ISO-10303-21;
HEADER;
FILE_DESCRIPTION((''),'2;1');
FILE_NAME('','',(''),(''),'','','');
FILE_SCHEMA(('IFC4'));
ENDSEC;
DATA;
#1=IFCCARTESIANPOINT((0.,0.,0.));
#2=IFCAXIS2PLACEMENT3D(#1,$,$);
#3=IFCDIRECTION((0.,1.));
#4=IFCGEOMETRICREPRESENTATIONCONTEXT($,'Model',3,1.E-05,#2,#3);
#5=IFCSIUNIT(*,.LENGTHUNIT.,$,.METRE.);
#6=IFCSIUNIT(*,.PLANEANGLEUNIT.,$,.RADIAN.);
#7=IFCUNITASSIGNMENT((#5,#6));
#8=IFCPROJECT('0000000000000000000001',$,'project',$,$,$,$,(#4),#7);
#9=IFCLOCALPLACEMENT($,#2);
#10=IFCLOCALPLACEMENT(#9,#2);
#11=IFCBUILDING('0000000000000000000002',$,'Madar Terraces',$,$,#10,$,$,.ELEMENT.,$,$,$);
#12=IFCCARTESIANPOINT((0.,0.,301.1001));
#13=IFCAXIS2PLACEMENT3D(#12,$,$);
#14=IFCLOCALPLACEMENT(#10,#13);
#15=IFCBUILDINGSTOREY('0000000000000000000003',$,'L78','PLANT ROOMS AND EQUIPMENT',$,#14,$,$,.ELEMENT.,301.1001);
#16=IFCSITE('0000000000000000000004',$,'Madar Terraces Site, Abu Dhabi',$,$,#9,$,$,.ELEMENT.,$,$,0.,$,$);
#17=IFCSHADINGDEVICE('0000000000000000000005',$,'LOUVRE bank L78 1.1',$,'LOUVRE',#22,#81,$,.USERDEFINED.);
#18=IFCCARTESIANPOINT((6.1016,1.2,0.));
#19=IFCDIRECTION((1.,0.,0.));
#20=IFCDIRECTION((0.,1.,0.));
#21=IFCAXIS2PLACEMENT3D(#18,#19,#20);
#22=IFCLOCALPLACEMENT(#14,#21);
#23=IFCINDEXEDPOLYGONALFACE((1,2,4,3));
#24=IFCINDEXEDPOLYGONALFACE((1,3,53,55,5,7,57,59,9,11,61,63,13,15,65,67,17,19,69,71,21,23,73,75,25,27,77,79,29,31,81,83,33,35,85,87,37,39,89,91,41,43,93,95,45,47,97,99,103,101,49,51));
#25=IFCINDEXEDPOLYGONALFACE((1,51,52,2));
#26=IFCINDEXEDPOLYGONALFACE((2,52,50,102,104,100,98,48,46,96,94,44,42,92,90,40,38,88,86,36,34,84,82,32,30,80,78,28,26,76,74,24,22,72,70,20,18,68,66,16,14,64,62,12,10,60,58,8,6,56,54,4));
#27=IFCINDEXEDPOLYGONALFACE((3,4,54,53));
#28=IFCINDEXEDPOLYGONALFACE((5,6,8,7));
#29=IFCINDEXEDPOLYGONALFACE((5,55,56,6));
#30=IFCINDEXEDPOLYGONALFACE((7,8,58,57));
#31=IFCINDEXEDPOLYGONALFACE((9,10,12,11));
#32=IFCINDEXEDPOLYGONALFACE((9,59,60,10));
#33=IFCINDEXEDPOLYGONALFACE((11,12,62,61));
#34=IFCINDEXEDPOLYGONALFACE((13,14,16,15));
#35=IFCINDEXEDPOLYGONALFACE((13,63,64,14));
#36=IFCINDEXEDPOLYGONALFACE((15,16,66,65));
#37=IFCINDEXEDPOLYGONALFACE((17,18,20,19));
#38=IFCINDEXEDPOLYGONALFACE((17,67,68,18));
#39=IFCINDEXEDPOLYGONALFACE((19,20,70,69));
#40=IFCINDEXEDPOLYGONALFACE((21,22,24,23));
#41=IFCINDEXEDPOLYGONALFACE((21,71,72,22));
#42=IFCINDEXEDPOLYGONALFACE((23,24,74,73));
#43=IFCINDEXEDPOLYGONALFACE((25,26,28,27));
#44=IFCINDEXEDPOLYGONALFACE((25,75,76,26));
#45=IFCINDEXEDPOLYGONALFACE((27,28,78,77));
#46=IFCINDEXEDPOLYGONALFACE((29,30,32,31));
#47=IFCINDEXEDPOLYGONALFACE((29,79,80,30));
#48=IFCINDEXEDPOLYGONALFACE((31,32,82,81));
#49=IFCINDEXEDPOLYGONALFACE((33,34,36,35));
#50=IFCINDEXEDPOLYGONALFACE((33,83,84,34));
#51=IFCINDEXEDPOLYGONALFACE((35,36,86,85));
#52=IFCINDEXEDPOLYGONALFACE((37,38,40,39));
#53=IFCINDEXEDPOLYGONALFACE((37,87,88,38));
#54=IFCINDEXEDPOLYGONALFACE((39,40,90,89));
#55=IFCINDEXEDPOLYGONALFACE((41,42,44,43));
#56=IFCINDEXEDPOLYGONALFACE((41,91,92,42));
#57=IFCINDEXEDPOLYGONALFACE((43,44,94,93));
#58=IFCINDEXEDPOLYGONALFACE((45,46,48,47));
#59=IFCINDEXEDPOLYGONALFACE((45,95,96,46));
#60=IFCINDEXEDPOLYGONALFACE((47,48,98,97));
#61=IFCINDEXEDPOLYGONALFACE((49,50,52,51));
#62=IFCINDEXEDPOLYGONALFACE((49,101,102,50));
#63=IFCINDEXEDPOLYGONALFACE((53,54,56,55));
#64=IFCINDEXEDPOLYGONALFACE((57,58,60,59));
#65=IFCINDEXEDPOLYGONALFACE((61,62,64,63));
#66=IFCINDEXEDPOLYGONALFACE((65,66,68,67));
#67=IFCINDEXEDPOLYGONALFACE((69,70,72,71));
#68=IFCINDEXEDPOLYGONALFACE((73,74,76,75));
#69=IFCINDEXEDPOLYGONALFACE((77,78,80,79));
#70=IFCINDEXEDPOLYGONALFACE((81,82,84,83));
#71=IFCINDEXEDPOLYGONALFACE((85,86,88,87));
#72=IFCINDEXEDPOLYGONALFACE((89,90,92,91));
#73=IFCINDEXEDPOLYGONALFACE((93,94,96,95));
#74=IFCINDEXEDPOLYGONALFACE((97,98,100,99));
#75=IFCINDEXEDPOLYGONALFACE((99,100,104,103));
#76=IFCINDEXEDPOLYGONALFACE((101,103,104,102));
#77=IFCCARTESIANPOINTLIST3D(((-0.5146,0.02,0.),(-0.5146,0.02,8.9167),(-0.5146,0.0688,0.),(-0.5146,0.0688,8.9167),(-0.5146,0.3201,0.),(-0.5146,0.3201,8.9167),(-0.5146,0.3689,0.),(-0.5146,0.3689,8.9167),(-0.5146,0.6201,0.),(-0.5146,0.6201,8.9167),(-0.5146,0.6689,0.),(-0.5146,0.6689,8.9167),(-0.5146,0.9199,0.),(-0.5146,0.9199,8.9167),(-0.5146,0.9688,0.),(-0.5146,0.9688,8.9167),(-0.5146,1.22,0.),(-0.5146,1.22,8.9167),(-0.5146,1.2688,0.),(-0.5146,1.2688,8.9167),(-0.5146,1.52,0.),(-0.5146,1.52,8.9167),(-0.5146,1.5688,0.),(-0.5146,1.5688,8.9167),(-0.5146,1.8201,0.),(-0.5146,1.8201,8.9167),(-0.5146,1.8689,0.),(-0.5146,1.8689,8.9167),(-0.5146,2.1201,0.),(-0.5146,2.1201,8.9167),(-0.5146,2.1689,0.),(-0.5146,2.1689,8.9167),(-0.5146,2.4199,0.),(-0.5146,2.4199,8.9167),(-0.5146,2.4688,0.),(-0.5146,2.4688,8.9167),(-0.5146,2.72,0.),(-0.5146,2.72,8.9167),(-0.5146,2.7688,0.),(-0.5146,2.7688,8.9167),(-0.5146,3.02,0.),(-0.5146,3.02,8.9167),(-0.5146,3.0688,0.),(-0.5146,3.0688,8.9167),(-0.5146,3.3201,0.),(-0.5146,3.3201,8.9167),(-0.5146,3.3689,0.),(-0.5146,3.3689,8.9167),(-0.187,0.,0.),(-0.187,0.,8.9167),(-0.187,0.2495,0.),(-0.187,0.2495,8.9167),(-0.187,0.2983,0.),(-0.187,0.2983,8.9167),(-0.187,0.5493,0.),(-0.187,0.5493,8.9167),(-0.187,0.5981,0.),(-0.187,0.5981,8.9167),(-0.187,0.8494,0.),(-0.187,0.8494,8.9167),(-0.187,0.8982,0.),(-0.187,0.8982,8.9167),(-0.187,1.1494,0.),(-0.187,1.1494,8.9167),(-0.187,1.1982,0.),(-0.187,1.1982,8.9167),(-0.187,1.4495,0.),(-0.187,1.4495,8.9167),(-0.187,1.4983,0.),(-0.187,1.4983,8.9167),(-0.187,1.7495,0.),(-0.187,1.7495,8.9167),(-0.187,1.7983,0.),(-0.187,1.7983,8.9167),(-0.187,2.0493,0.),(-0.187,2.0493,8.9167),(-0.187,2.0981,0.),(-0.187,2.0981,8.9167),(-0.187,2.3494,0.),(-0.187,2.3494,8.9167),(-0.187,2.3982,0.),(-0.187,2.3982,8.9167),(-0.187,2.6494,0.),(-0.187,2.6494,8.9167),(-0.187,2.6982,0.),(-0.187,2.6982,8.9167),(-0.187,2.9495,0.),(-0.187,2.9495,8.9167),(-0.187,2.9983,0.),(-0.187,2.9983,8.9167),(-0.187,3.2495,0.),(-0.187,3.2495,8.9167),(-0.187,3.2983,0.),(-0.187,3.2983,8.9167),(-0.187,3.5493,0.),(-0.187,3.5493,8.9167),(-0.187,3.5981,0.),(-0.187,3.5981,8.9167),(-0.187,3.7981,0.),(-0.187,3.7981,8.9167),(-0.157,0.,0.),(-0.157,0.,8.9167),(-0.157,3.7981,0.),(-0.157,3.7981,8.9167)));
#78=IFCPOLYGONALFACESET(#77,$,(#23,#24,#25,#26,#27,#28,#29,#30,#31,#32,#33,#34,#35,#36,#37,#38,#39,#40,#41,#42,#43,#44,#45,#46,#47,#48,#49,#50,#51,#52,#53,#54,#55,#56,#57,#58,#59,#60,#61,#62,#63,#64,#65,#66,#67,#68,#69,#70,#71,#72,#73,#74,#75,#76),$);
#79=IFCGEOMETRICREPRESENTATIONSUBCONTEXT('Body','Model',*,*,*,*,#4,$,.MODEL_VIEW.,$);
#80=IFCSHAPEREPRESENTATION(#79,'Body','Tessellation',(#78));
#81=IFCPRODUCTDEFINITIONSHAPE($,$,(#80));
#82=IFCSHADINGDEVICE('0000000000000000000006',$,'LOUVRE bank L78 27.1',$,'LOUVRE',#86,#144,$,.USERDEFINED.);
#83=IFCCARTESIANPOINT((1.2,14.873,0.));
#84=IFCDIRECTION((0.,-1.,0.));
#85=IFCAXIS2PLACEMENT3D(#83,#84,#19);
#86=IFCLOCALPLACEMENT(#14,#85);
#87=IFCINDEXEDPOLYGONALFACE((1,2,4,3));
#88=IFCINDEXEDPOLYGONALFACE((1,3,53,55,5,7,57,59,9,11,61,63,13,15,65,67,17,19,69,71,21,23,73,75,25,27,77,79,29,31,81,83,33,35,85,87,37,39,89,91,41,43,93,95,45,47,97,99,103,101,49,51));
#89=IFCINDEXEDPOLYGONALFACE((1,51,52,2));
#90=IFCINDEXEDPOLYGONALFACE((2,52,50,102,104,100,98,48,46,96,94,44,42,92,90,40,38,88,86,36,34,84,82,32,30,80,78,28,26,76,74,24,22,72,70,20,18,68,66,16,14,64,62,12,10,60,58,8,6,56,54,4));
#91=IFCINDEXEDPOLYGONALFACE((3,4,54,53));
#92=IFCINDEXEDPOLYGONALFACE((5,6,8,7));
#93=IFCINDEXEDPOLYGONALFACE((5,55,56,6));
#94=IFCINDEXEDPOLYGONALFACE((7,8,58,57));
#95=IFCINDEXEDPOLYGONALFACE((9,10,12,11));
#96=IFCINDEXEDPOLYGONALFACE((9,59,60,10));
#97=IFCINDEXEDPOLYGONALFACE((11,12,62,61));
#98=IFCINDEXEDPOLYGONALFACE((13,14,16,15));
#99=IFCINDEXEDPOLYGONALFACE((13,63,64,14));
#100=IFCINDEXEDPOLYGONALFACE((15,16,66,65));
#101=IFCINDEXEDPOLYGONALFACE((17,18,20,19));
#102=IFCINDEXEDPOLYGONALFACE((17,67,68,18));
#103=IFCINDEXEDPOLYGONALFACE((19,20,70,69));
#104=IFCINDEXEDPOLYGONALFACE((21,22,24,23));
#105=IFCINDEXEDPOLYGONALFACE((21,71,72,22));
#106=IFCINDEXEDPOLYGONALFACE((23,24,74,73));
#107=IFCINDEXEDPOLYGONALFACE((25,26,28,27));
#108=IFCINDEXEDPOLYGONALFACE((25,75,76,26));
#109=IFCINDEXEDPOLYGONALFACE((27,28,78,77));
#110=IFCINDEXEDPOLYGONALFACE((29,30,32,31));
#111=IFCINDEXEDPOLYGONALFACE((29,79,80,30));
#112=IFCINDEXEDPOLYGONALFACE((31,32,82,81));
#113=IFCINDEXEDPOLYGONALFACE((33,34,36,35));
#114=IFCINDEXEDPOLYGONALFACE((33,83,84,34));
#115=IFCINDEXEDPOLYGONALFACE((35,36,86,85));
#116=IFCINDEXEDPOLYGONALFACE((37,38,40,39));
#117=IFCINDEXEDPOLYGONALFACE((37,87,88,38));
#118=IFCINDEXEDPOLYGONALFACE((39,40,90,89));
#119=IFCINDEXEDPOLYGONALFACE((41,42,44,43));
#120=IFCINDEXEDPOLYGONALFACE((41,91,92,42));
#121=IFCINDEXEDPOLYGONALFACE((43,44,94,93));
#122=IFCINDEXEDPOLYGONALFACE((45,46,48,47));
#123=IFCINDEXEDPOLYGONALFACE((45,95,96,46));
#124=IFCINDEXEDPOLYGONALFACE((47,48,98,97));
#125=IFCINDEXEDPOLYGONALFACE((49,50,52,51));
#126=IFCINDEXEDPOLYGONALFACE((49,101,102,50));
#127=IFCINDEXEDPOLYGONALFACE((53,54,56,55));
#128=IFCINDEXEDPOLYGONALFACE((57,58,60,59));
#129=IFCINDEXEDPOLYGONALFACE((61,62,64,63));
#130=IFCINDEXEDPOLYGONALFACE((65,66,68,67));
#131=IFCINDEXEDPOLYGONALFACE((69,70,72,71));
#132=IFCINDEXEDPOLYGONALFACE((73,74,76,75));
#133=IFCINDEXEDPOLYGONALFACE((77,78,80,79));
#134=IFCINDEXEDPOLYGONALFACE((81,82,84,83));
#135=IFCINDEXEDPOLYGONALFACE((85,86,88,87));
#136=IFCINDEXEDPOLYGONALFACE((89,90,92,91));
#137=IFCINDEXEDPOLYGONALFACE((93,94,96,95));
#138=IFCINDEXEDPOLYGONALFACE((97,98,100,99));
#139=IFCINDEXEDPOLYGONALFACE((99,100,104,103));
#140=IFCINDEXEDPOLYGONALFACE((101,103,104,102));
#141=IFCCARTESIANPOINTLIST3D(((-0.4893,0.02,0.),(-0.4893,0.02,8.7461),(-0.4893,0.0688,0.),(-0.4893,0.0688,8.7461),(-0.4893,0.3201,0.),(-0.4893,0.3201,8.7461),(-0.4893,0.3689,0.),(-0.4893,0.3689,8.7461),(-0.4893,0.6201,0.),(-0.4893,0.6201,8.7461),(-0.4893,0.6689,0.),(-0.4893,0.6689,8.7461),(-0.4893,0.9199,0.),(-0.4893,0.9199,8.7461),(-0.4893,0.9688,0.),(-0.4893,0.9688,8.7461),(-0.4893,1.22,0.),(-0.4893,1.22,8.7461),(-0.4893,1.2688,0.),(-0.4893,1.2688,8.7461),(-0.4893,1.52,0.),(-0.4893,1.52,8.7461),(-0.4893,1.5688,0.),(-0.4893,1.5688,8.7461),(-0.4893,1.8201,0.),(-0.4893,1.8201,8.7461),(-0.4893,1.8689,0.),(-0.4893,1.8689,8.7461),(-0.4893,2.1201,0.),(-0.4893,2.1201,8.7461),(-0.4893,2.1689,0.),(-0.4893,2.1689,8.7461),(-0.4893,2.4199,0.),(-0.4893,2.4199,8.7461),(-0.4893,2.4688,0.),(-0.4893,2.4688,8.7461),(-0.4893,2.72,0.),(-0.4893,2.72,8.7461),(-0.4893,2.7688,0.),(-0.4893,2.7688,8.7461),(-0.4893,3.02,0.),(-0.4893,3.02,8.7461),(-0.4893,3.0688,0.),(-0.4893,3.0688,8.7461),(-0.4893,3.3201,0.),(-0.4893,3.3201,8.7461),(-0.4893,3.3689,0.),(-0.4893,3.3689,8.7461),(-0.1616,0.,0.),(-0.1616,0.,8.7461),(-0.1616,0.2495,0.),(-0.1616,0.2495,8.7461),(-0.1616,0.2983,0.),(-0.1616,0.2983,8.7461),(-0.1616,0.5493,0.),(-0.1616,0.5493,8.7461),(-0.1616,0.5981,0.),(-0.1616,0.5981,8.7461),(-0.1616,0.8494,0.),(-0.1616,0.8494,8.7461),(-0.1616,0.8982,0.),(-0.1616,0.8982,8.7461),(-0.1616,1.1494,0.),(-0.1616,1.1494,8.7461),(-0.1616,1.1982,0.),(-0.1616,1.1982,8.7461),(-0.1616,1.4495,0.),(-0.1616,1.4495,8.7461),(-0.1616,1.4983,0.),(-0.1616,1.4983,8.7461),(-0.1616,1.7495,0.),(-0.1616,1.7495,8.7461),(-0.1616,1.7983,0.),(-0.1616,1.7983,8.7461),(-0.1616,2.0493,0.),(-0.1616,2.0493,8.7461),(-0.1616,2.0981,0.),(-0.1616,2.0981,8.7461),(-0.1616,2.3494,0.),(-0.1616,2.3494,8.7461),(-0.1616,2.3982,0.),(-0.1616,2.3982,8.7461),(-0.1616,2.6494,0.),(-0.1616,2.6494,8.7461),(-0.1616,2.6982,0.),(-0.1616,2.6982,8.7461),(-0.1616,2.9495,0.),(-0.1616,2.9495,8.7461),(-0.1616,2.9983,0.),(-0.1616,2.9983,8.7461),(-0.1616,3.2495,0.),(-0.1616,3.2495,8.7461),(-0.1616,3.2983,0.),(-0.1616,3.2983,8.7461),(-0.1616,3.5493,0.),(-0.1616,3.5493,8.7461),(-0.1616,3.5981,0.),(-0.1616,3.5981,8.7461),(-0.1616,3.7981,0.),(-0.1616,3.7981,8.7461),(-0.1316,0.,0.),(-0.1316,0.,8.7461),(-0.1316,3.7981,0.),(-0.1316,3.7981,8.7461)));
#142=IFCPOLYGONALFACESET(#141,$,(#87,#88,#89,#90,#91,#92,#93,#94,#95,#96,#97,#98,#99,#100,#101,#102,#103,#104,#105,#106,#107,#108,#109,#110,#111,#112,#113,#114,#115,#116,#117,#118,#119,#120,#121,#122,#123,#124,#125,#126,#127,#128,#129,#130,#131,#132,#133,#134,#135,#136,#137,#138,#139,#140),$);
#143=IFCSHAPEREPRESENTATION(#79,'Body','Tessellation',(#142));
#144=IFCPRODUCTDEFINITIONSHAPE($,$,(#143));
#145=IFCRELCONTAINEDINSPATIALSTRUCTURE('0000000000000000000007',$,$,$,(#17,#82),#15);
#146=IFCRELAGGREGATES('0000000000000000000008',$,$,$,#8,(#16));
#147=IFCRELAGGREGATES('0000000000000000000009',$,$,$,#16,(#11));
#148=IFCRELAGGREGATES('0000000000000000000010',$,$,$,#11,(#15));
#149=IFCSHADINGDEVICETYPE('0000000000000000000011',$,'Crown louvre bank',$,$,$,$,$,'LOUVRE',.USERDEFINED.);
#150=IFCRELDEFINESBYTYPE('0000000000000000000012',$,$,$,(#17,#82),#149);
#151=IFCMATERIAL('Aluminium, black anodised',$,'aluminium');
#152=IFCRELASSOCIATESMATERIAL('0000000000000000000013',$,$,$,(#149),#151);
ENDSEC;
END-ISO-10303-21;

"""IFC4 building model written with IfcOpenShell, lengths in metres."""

from ifc_helpers import new_model, si_unit, direction, frame, origin, place, context, subcontext, project, spatial, polyline, outline, extrude, material, type_object, element, save


model = new_model("IFC4")

# Units and contexts
model_context = context("Model", 3, precision=1e-05, world=origin(), true_north=direction((0.0, 1.0)))
body_context = subcontext(model_context, "Body", "Model", "MODEL_VIEW")
ifc_project = project(units=[si_unit("LENGTHUNIT", "METRE"), si_unit("PLANEANGLEUNIT", "RADIAN")], contexts=[model_context])

# Site, building, storey
site_placement = place(None, origin())
site = spatial("IfcSite", under=ifc_project, at=site_placement, Name="Madar Terraces Site, Abu Dhabi", CompositionType="ELEMENT", RefElevation=0.0)
building_placement = place(site_placement, origin())
building = spatial("IfcBuilding", under=site, at=building_placement, Name="Madar Terraces", CompositionType="ELEMENT")
storey_placement = place(building_placement, frame((0.0, 0.0, 301.1001)))
storey = spatial("IfcBuildingStorey", under=building, at=storey_placement, Name="L78", Description="PLANT ROOMS AND EQUIPMENT", CompositionType="ELEMENT", Elevation=301.1001)

# Shading devices
ifc_material_1 = material(Name="Aluminium, black anodised", Category="aluminium")
shading_device_type = type_object("IfcShadingDeviceType", Name="Crown louvre bank", ElementType="LOUVRE", PredefinedType="USERDEFINED", material=ifc_material_1)
shading_device_1_placement = place(storey_placement, frame((6.1016, 1.2, 0.0), z_axis=(1.0, 0.0, 0.0), x_axis=(0.0, 1.0, 0.0)))
element("IfcShadingDevice", 1, at=shading_device_1_placement, inside=storey, type_object=shading_device_type, Name="LOUVRE bank L78 1.1", ObjectType="LOUVRE", PredefinedType="USERDEFINED", context=body_context, shape_type="SweptSolid", body=[
    extrude(outline(polyline([(-0.157, 0.0), (-0.187, 0.0), (-0.187, 0.2495), (-0.5146, 0.02), (-0.5146, 0.0688), (-0.187, 0.2983), (-0.187, 0.5493), (-0.5146, 0.3201), (-0.5146, 0.3689), (-0.187, 0.5981), (-0.187, 0.8494), (-0.5146, 0.6201), (-0.5146, 0.6689), (-0.187, 0.8982), (-0.187, 1.1494), (-0.5146, 0.9199), (-0.5146, 0.9688), (-0.187, 1.1982), (-0.187, 1.4495), (-0.5146, 1.22), (-0.5146, 1.2688), (-0.187, 1.4983), (-0.187, 1.7495), (-0.5146, 1.52), (-0.5146, 1.5688), (-0.187, 1.7983), (-0.187, 2.0493), (-0.5146, 1.8201), (-0.5146, 1.8689), (-0.187, 2.0981), (-0.187, 2.3494), (-0.5146, 2.1201), (-0.5146, 2.1689), (-0.187, 2.3982), (-0.187, 2.6494), (-0.5146, 2.4199), (-0.5146, 2.4688), (-0.187, 2.6982), (-0.187, 2.9495), (-0.5146, 2.72), (-0.5146, 2.7688), (-0.187, 2.9983), (-0.187, 3.2495), (-0.5146, 3.02), (-0.5146, 3.0688), (-0.187, 3.2983), (-0.187, 3.5493), (-0.5146, 3.3201), (-0.5146, 3.3689), (-0.187, 3.5981), (-0.187, 3.7981), (-0.157, 3.7981), (-0.157, 0.0)])), origin(), (0.0, 0.0, 1.0), 8.9167),
])
shading_device_2_placement = place(storey_placement, frame((1.2, 14.873, 0.0), z_axis=(0.0, -1.0, 0.0), x_axis=(1.0, 0.0, 0.0)))
element("IfcShadingDevice", 2, at=shading_device_2_placement, inside=storey, type_object=shading_device_type, Name="LOUVRE bank L78 27.1", ObjectType="LOUVRE", PredefinedType="USERDEFINED", context=body_context, shape_type="SweptSolid", body=[
    extrude(outline(polyline([(-0.1316, 0.0), (-0.1616, 0.0), (-0.1616, 0.2495), (-0.4893, 0.02), (-0.4893, 0.0688), (-0.1616, 0.2983), (-0.1616, 0.5493), (-0.4893, 0.3201), (-0.4893, 0.3689), (-0.1616, 0.5981), (-0.1616, 0.8494), (-0.4893, 0.6201), (-0.4893, 0.6689), (-0.1616, 0.8982), (-0.1616, 1.1494), (-0.4893, 0.9199), (-0.4893, 0.9688), (-0.1616, 1.1982), (-0.1616, 1.4495), (-0.4893, 1.22), (-0.4893, 1.2688), (-0.1616, 1.4983), (-0.1616, 1.7495), (-0.4893, 1.52), (-0.4893, 1.5688), (-0.1616, 1.7983), (-0.1616, 2.0493), (-0.4893, 1.8201), (-0.4893, 1.8689), (-0.1616, 2.0981), (-0.1616, 2.3494), (-0.4893, 2.1201), (-0.4893, 2.1689), (-0.1616, 2.3982), (-0.1616, 2.6494), (-0.4893, 2.4199), (-0.4893, 2.4688), (-0.1616, 2.6982), (-0.1616, 2.9495), (-0.4893, 2.72), (-0.4893, 2.7688), (-0.1616, 2.9983), (-0.1616, 3.2495), (-0.4893, 3.02), (-0.4893, 3.0688), (-0.1616, 3.2983), (-0.1616, 3.5493), (-0.4893, 3.3201), (-0.4893, 3.3689), (-0.1616, 3.5981), (-0.1616, 3.7981), (-0.1316, 3.7981), (-0.1316, 0.0)])), origin(), (0.0, 0.0, 1.0), 8.7461),
])

save(model, "model.ifc")
